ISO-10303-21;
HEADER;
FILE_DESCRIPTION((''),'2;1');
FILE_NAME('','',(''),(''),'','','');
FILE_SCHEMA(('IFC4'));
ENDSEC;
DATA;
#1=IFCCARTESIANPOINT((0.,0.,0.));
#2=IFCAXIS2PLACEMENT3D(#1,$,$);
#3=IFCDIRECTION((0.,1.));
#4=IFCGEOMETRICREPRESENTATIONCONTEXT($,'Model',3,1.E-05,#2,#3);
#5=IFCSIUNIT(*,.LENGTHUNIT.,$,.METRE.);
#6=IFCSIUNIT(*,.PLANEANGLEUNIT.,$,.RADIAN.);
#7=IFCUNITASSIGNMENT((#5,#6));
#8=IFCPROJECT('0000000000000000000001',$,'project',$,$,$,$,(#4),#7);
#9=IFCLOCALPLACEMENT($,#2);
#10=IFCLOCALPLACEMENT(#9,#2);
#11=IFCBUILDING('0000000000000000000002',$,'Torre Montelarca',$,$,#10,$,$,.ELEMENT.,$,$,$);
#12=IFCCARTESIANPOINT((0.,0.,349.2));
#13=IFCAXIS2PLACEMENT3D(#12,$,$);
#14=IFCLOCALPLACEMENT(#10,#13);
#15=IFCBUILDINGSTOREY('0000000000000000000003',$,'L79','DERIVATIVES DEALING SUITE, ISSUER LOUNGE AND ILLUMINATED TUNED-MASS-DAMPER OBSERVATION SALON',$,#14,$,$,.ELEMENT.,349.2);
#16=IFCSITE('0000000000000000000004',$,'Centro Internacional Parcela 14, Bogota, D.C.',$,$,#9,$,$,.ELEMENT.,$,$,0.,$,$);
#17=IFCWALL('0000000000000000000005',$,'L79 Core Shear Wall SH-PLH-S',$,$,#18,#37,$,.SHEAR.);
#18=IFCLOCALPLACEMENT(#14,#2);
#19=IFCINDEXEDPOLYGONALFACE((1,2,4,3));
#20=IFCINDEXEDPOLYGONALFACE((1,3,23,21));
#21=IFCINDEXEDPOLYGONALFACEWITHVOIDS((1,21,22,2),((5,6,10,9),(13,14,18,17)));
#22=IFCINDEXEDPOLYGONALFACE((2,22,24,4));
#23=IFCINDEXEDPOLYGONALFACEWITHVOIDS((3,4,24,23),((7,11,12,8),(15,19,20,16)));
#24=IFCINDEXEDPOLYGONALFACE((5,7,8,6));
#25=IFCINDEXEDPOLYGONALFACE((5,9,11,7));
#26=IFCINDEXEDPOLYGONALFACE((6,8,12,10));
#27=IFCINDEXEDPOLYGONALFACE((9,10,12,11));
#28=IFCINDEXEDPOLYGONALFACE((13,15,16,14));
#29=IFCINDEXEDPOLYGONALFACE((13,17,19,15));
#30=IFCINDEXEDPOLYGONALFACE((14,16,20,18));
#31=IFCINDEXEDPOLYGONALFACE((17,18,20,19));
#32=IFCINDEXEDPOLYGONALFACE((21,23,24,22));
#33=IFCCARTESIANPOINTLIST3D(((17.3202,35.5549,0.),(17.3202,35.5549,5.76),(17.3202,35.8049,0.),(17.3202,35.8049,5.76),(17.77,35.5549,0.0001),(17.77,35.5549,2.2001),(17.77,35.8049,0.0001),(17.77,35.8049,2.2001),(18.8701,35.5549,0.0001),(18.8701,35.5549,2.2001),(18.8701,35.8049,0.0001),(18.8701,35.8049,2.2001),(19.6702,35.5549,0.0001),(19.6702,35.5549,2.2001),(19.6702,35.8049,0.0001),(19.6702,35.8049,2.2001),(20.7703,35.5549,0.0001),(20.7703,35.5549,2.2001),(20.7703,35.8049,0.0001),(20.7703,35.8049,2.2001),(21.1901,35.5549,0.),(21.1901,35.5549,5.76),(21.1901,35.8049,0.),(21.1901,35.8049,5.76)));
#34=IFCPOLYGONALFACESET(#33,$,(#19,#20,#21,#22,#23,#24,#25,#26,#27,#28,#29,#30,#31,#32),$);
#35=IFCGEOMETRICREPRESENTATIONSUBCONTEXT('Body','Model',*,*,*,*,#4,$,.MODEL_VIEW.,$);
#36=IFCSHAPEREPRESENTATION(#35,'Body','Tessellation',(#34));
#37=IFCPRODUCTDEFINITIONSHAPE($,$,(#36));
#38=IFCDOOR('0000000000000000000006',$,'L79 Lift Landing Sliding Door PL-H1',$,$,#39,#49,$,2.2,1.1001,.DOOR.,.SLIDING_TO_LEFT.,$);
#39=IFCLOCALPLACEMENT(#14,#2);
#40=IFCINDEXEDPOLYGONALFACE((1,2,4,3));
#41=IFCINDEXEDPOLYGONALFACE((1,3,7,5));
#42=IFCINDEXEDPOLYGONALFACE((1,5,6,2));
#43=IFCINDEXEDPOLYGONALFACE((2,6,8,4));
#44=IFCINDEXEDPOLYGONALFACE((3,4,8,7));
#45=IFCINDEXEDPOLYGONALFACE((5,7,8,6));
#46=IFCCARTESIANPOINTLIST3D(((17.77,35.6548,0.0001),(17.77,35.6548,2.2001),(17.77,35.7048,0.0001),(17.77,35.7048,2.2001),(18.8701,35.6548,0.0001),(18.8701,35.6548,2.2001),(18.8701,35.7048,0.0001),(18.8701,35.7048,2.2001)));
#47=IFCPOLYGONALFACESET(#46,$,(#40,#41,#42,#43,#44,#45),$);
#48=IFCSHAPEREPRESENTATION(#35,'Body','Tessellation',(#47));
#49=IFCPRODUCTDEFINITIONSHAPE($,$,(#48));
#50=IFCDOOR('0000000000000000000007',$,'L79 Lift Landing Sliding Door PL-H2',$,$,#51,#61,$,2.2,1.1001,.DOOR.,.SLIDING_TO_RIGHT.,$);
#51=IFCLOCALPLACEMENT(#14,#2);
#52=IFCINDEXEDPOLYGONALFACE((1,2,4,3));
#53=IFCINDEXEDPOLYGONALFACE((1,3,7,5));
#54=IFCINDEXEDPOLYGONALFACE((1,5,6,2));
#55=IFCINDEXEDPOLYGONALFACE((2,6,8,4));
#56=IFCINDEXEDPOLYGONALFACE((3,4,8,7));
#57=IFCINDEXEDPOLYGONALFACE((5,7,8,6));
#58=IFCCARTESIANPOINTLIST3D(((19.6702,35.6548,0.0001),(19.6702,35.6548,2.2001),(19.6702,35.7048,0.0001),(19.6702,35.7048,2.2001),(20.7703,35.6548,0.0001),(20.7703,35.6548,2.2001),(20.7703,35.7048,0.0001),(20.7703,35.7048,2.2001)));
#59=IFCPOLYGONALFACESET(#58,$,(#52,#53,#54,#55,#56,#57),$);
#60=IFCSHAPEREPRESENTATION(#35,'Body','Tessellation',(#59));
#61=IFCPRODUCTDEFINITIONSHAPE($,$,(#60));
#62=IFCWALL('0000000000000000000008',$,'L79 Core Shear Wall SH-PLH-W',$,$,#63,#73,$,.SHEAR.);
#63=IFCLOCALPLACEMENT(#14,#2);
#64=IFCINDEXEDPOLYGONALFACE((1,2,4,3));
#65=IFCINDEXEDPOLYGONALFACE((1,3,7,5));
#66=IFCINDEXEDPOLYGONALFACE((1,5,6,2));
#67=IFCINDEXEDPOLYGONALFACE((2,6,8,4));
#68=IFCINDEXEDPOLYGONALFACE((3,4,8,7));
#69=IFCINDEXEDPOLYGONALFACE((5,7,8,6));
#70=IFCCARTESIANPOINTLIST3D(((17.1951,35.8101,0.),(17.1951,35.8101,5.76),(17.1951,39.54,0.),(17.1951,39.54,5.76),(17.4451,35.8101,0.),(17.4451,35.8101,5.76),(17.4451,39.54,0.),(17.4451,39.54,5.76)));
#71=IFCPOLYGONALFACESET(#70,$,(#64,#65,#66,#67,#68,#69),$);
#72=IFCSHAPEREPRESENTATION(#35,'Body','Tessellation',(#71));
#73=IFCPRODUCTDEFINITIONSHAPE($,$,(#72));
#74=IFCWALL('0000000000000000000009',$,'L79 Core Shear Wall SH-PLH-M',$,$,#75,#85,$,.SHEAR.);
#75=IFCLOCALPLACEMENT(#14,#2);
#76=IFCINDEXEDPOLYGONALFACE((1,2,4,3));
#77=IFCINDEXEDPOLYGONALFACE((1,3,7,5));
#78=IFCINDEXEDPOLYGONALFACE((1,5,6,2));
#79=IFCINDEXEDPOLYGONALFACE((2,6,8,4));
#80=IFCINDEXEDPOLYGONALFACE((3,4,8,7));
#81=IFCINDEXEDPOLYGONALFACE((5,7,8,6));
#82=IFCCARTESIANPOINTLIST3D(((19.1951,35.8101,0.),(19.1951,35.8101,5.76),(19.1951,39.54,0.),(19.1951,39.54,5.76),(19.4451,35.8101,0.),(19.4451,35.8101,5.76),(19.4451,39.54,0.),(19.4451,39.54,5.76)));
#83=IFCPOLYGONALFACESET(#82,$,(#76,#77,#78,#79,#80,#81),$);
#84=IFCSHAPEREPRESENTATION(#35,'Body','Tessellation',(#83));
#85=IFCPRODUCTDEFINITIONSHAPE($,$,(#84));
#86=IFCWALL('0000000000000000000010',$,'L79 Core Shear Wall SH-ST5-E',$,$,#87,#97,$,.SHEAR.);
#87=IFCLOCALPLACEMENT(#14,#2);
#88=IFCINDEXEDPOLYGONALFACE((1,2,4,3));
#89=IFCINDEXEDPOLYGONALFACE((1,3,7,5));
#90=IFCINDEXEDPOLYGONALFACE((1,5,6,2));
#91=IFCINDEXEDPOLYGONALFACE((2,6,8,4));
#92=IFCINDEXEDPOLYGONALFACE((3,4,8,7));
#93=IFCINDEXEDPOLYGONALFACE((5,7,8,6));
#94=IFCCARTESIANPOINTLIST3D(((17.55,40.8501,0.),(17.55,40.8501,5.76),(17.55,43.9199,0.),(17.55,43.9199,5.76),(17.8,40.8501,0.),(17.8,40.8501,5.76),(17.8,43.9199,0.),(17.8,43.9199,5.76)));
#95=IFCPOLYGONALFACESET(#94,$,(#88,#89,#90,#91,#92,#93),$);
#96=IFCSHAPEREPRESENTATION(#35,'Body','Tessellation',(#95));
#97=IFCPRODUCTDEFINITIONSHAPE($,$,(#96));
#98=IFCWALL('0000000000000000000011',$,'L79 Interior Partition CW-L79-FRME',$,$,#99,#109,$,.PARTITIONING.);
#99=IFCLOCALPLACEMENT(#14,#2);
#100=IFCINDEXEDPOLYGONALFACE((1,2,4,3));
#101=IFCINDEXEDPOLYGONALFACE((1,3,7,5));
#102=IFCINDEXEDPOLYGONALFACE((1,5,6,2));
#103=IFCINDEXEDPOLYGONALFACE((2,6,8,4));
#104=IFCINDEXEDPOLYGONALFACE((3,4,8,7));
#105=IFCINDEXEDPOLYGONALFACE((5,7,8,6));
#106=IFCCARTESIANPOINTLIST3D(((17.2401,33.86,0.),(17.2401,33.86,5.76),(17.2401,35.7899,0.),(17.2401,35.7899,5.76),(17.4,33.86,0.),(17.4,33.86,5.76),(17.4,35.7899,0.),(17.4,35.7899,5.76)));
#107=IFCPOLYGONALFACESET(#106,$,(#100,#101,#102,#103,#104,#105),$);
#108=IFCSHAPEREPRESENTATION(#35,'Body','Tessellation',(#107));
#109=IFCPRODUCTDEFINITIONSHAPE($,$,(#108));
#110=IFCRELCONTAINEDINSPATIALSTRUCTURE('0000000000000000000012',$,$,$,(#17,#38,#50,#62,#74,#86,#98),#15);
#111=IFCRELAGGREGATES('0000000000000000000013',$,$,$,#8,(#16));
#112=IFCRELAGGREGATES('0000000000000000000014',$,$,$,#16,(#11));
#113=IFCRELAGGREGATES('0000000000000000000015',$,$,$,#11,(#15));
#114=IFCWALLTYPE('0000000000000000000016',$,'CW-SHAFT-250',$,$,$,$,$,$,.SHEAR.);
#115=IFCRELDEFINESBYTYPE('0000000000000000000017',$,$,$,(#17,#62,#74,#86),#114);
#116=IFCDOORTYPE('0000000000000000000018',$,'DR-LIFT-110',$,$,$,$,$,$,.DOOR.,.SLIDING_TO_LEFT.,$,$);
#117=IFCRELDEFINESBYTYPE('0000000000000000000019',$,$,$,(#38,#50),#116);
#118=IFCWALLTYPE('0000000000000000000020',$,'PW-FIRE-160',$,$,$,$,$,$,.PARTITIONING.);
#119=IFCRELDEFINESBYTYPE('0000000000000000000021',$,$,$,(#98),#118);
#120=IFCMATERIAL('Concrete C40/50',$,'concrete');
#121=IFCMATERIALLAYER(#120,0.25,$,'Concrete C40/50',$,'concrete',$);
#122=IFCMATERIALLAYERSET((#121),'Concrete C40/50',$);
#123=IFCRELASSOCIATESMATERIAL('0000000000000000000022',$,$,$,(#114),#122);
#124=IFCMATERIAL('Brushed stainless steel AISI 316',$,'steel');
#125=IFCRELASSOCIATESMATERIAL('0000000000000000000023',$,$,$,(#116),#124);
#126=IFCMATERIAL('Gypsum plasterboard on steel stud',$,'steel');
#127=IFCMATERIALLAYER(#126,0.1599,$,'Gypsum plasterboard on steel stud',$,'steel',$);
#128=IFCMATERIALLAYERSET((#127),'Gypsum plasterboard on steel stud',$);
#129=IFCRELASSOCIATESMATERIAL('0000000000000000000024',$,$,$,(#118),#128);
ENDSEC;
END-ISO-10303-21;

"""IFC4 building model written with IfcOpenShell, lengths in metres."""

from ifc_helpers import new_model, si_unit, direction, frame, frame_2d, origin, place, context, subcontext, project, spatial, rectangle, extrude, source, transform, mapped, material, layer, layer_set, type_object, element, fill, save


model = new_model("IFC4")

# Units and contexts
model_context = context("Model", 3, precision=1e-05, world=origin(), true_north=direction((0.0, 1.0)))
body_context = subcontext(model_context, "Body", "Model", "MODEL_VIEW")
ifc_project = project(units=[si_unit("LENGTHUNIT", "METRE"), si_unit("PLANEANGLEUNIT", "RADIAN")], contexts=[model_context])

# Site, building, storey
site_placement = place(None, origin())
site = spatial("IfcSite", under=ifc_project, at=site_placement, Name="Centro Internacional Parcela 14, Bogota, D.C.", CompositionType="ELEMENT", RefElevation=0.0)
building_placement = place(site_placement, origin())
building = spatial("IfcBuilding", under=site, at=building_placement, Name="Torre Montelarca", CompositionType="ELEMENT")
storey_placement = place(building_placement, frame((0.0, 0.0, 349.2)))
storey = spatial("IfcBuildingStorey", under=building, at=storey_placement, Name="L79", Description="DERIVATIVES DEALING SUITE, ISSUER LOUNGE AND ILLUMINATED TUNED-MASS-DAMPER OBSERVATION SALON", CompositionType="ELEMENT", Elevation=349.2)

# Shared definitions
ifc_material_1 = material(Name="Concrete C40/50", Category="concrete")
ifc_layer_1 = layer(ifc_material_1, 0.25, Name="Concrete C40/50", Category="concrete")
ifc_layer_set_1 = layer_set([ifc_layer_1], Name="Concrete C40/50")
wall_type_1 = type_object("IfcWallType", Name="CW-SHAFT-250", PredefinedType="SHEAR", material=ifc_layer_set_1)

# Shared definitions
ifc_material_2 = material(Name="Brushed stainless steel AISI 316", Category="steel")

# Wall, openings, doors
wall_1_placement = place(storey_placement, frame((17.3201, 35.6799, 0.0), z_axis=(0.0, 0.0, 1.0), x_axis=(1.0, 0.0, 0.0)))
wall_1 = element("IfcWall", 1, at=wall_1_placement, inside=storey, type_object=wall_type_1, Name="L79 Core Shear Wall SH-PLH-S", PredefinedType="SHEAR", context=body_context, shape_type="SweptSolid", body=[
    extrude(rectangle(XDim=3.8699, YDim=0.25, at=frame_2d((1.9351, 0.0))), origin(), (0.0, 0.0, 1.0), 5.76),
])
opening_1_placement = place(wall_1_placement, frame((0.45, 0.0, 0.0)))
opening_1 = element("IfcOpeningElement", 2, at=opening_1_placement, cuts=wall_1, PredefinedType="OPENING", context=body_context, shape_type="SweptSolid", body=[
    extrude(rectangle(XDim=1.1001, YDim=2.2, at=frame_2d((0.55, 1.1001))), frame((0.0, 0.135, 0.0), z_axis=(0.0, -1.0, 0.0), x_axis=(1.0, 0.0, 0.0)), (0.0, 0.0, 1.0), 0.27),
])
opening_2_placement = place(wall_1_placement, frame((2.3501, 0.0, 0.0)))
opening_2 = element("IfcOpeningElement", 3, at=opening_2_placement, cuts=wall_1, PredefinedType="OPENING", context=body_context, shape_type="SweptSolid", body=[
    extrude(rectangle(XDim=1.1001, YDim=2.2, at=frame_2d((0.55, 1.1001))), frame((0.0, 0.135, 0.0), z_axis=(0.0, -1.0, 0.0), x_axis=(1.0, 0.0, 0.0)), (0.0, 0.0, 1.0), 0.27),
])
door_type_1 = type_object("IfcDoorType", Name="DR-LIFT-110", OperationType="SLIDING_TO_LEFT", PredefinedType="DOOR", material=ifc_material_2)
shared_shape_1 = source(origin(), body_context, "Body", "SweptSolid", [
    extrude(rectangle(XDim=1.1001, YDim=2.2, at=frame_2d((0.55, 1.1001))), frame((0.0, 0.0249, 0.0), z_axis=(0.0, -1.0, 0.0), x_axis=(1.0, 0.0, 0.0)), (0.0, 0.0, 1.0), 0.05),
])
door_1_placement = place(opening_1_placement, origin())
door_1 = element("IfcDoor", 4, at=door_1_placement, inside=storey, type_object=door_type_1, Name="L79 Lift Landing Sliding Door PL-H1", OperationType="SLIDING_TO_LEFT", OverallHeight=2.2, OverallWidth=1.1001, PredefinedType="DOOR", context=body_context, shape_type="MappedRepresentation", body=[
    mapped(shared_shape_1, transform((0.0, 0.0, 0.0), scale=1.0)),
])
fill(opening_1, door_1)
door_2_placement = place(opening_2_placement, origin())
door_2 = element("IfcDoor", 5, at=door_2_placement, inside=storey, type_object=door_type_1, Name="L79 Lift Landing Sliding Door PL-H2", OperationType="SLIDING_TO_RIGHT", OverallHeight=2.2, OverallWidth=1.1001, PredefinedType="DOOR", context=body_context, shape_type="MappedRepresentation", body=[
    mapped(shared_shape_1, transform((0.0, 0.0, 0.0), scale=1.0)),
])
fill(opening_2, door_2)

# Walls
for number, where, z_axis, x_axis, name in (
    (6, (17.3201, 35.8101, 0.0), (0.0, 0.0, 1.0), (0.0, 1.0, 0.0), "L79 Core Shear Wall SH-PLH-W"),
    (7, (19.3201, 35.8101, 0.0), (0.0, 0.0, 1.0), (0.0, 1.0, 0.0), "L79 Core Shear Wall SH-PLH-M"),
):
    element("IfcWall", number, at=place(storey_placement, frame(where, z_axis=z_axis, x_axis=x_axis)), inside=storey, type_object=wall_type_1, Name=name, PredefinedType="SHEAR", context=body_context, shape_type="SweptSolid", body=[
        extrude(rectangle(XDim=3.73, YDim=0.25, at=frame_2d((1.865, 0.0))), origin(), (0.0, 0.0, 1.0), 5.76),
    ])
wall_2_placement = place(storey_placement, frame((17.675, 40.8501, 0.0), z_axis=(0.0, 0.0, 1.0), x_axis=(0.0, 1.0, 0.0)))
element("IfcWall", 8, at=wall_2_placement, inside=storey, type_object=wall_type_1, Name="L79 Core Shear Wall SH-ST5-E", PredefinedType="SHEAR", context=body_context, shape_type="SweptSolid", body=[
    extrude(rectangle(XDim=3.0698, YDim=0.25, at=frame_2d((1.5349, 0.0))), origin(), (0.0, 0.0, 1.0), 5.76),
])
ifc_material_3 = material(Name="Gypsum plasterboard on steel stud", Category="steel")
ifc_layer_2 = layer(ifc_material_3, 0.1599, Name="Gypsum plasterboard on steel stud", Category="steel")
ifc_layer_set_2 = layer_set([ifc_layer_2], Name="Gypsum plasterboard on steel stud")
wall_type_2 = type_object("IfcWallType", Name="PW-FIRE-160", PredefinedType="PARTITIONING", material=ifc_layer_set_2)
wall_3_placement = place(storey_placement, frame((17.3201, 33.8601, 0.0), z_axis=(0.0, 0.0, 1.0), x_axis=(0.0, 1.0, 0.0)))
element("IfcWall", 9, at=wall_3_placement, inside=storey, type_object=wall_type_2, Name="L79 Interior Partition CW-L79-FRME", PredefinedType="PARTITIONING", context=body_context, shape_type="SweptSolid", body=[
    extrude(rectangle(XDim=1.9299, YDim=0.1599, at=frame_2d((0.9648, 0.0))), origin(), (0.0, 0.0, 1.0), 5.76),
])

save(model, "model.ifc")
